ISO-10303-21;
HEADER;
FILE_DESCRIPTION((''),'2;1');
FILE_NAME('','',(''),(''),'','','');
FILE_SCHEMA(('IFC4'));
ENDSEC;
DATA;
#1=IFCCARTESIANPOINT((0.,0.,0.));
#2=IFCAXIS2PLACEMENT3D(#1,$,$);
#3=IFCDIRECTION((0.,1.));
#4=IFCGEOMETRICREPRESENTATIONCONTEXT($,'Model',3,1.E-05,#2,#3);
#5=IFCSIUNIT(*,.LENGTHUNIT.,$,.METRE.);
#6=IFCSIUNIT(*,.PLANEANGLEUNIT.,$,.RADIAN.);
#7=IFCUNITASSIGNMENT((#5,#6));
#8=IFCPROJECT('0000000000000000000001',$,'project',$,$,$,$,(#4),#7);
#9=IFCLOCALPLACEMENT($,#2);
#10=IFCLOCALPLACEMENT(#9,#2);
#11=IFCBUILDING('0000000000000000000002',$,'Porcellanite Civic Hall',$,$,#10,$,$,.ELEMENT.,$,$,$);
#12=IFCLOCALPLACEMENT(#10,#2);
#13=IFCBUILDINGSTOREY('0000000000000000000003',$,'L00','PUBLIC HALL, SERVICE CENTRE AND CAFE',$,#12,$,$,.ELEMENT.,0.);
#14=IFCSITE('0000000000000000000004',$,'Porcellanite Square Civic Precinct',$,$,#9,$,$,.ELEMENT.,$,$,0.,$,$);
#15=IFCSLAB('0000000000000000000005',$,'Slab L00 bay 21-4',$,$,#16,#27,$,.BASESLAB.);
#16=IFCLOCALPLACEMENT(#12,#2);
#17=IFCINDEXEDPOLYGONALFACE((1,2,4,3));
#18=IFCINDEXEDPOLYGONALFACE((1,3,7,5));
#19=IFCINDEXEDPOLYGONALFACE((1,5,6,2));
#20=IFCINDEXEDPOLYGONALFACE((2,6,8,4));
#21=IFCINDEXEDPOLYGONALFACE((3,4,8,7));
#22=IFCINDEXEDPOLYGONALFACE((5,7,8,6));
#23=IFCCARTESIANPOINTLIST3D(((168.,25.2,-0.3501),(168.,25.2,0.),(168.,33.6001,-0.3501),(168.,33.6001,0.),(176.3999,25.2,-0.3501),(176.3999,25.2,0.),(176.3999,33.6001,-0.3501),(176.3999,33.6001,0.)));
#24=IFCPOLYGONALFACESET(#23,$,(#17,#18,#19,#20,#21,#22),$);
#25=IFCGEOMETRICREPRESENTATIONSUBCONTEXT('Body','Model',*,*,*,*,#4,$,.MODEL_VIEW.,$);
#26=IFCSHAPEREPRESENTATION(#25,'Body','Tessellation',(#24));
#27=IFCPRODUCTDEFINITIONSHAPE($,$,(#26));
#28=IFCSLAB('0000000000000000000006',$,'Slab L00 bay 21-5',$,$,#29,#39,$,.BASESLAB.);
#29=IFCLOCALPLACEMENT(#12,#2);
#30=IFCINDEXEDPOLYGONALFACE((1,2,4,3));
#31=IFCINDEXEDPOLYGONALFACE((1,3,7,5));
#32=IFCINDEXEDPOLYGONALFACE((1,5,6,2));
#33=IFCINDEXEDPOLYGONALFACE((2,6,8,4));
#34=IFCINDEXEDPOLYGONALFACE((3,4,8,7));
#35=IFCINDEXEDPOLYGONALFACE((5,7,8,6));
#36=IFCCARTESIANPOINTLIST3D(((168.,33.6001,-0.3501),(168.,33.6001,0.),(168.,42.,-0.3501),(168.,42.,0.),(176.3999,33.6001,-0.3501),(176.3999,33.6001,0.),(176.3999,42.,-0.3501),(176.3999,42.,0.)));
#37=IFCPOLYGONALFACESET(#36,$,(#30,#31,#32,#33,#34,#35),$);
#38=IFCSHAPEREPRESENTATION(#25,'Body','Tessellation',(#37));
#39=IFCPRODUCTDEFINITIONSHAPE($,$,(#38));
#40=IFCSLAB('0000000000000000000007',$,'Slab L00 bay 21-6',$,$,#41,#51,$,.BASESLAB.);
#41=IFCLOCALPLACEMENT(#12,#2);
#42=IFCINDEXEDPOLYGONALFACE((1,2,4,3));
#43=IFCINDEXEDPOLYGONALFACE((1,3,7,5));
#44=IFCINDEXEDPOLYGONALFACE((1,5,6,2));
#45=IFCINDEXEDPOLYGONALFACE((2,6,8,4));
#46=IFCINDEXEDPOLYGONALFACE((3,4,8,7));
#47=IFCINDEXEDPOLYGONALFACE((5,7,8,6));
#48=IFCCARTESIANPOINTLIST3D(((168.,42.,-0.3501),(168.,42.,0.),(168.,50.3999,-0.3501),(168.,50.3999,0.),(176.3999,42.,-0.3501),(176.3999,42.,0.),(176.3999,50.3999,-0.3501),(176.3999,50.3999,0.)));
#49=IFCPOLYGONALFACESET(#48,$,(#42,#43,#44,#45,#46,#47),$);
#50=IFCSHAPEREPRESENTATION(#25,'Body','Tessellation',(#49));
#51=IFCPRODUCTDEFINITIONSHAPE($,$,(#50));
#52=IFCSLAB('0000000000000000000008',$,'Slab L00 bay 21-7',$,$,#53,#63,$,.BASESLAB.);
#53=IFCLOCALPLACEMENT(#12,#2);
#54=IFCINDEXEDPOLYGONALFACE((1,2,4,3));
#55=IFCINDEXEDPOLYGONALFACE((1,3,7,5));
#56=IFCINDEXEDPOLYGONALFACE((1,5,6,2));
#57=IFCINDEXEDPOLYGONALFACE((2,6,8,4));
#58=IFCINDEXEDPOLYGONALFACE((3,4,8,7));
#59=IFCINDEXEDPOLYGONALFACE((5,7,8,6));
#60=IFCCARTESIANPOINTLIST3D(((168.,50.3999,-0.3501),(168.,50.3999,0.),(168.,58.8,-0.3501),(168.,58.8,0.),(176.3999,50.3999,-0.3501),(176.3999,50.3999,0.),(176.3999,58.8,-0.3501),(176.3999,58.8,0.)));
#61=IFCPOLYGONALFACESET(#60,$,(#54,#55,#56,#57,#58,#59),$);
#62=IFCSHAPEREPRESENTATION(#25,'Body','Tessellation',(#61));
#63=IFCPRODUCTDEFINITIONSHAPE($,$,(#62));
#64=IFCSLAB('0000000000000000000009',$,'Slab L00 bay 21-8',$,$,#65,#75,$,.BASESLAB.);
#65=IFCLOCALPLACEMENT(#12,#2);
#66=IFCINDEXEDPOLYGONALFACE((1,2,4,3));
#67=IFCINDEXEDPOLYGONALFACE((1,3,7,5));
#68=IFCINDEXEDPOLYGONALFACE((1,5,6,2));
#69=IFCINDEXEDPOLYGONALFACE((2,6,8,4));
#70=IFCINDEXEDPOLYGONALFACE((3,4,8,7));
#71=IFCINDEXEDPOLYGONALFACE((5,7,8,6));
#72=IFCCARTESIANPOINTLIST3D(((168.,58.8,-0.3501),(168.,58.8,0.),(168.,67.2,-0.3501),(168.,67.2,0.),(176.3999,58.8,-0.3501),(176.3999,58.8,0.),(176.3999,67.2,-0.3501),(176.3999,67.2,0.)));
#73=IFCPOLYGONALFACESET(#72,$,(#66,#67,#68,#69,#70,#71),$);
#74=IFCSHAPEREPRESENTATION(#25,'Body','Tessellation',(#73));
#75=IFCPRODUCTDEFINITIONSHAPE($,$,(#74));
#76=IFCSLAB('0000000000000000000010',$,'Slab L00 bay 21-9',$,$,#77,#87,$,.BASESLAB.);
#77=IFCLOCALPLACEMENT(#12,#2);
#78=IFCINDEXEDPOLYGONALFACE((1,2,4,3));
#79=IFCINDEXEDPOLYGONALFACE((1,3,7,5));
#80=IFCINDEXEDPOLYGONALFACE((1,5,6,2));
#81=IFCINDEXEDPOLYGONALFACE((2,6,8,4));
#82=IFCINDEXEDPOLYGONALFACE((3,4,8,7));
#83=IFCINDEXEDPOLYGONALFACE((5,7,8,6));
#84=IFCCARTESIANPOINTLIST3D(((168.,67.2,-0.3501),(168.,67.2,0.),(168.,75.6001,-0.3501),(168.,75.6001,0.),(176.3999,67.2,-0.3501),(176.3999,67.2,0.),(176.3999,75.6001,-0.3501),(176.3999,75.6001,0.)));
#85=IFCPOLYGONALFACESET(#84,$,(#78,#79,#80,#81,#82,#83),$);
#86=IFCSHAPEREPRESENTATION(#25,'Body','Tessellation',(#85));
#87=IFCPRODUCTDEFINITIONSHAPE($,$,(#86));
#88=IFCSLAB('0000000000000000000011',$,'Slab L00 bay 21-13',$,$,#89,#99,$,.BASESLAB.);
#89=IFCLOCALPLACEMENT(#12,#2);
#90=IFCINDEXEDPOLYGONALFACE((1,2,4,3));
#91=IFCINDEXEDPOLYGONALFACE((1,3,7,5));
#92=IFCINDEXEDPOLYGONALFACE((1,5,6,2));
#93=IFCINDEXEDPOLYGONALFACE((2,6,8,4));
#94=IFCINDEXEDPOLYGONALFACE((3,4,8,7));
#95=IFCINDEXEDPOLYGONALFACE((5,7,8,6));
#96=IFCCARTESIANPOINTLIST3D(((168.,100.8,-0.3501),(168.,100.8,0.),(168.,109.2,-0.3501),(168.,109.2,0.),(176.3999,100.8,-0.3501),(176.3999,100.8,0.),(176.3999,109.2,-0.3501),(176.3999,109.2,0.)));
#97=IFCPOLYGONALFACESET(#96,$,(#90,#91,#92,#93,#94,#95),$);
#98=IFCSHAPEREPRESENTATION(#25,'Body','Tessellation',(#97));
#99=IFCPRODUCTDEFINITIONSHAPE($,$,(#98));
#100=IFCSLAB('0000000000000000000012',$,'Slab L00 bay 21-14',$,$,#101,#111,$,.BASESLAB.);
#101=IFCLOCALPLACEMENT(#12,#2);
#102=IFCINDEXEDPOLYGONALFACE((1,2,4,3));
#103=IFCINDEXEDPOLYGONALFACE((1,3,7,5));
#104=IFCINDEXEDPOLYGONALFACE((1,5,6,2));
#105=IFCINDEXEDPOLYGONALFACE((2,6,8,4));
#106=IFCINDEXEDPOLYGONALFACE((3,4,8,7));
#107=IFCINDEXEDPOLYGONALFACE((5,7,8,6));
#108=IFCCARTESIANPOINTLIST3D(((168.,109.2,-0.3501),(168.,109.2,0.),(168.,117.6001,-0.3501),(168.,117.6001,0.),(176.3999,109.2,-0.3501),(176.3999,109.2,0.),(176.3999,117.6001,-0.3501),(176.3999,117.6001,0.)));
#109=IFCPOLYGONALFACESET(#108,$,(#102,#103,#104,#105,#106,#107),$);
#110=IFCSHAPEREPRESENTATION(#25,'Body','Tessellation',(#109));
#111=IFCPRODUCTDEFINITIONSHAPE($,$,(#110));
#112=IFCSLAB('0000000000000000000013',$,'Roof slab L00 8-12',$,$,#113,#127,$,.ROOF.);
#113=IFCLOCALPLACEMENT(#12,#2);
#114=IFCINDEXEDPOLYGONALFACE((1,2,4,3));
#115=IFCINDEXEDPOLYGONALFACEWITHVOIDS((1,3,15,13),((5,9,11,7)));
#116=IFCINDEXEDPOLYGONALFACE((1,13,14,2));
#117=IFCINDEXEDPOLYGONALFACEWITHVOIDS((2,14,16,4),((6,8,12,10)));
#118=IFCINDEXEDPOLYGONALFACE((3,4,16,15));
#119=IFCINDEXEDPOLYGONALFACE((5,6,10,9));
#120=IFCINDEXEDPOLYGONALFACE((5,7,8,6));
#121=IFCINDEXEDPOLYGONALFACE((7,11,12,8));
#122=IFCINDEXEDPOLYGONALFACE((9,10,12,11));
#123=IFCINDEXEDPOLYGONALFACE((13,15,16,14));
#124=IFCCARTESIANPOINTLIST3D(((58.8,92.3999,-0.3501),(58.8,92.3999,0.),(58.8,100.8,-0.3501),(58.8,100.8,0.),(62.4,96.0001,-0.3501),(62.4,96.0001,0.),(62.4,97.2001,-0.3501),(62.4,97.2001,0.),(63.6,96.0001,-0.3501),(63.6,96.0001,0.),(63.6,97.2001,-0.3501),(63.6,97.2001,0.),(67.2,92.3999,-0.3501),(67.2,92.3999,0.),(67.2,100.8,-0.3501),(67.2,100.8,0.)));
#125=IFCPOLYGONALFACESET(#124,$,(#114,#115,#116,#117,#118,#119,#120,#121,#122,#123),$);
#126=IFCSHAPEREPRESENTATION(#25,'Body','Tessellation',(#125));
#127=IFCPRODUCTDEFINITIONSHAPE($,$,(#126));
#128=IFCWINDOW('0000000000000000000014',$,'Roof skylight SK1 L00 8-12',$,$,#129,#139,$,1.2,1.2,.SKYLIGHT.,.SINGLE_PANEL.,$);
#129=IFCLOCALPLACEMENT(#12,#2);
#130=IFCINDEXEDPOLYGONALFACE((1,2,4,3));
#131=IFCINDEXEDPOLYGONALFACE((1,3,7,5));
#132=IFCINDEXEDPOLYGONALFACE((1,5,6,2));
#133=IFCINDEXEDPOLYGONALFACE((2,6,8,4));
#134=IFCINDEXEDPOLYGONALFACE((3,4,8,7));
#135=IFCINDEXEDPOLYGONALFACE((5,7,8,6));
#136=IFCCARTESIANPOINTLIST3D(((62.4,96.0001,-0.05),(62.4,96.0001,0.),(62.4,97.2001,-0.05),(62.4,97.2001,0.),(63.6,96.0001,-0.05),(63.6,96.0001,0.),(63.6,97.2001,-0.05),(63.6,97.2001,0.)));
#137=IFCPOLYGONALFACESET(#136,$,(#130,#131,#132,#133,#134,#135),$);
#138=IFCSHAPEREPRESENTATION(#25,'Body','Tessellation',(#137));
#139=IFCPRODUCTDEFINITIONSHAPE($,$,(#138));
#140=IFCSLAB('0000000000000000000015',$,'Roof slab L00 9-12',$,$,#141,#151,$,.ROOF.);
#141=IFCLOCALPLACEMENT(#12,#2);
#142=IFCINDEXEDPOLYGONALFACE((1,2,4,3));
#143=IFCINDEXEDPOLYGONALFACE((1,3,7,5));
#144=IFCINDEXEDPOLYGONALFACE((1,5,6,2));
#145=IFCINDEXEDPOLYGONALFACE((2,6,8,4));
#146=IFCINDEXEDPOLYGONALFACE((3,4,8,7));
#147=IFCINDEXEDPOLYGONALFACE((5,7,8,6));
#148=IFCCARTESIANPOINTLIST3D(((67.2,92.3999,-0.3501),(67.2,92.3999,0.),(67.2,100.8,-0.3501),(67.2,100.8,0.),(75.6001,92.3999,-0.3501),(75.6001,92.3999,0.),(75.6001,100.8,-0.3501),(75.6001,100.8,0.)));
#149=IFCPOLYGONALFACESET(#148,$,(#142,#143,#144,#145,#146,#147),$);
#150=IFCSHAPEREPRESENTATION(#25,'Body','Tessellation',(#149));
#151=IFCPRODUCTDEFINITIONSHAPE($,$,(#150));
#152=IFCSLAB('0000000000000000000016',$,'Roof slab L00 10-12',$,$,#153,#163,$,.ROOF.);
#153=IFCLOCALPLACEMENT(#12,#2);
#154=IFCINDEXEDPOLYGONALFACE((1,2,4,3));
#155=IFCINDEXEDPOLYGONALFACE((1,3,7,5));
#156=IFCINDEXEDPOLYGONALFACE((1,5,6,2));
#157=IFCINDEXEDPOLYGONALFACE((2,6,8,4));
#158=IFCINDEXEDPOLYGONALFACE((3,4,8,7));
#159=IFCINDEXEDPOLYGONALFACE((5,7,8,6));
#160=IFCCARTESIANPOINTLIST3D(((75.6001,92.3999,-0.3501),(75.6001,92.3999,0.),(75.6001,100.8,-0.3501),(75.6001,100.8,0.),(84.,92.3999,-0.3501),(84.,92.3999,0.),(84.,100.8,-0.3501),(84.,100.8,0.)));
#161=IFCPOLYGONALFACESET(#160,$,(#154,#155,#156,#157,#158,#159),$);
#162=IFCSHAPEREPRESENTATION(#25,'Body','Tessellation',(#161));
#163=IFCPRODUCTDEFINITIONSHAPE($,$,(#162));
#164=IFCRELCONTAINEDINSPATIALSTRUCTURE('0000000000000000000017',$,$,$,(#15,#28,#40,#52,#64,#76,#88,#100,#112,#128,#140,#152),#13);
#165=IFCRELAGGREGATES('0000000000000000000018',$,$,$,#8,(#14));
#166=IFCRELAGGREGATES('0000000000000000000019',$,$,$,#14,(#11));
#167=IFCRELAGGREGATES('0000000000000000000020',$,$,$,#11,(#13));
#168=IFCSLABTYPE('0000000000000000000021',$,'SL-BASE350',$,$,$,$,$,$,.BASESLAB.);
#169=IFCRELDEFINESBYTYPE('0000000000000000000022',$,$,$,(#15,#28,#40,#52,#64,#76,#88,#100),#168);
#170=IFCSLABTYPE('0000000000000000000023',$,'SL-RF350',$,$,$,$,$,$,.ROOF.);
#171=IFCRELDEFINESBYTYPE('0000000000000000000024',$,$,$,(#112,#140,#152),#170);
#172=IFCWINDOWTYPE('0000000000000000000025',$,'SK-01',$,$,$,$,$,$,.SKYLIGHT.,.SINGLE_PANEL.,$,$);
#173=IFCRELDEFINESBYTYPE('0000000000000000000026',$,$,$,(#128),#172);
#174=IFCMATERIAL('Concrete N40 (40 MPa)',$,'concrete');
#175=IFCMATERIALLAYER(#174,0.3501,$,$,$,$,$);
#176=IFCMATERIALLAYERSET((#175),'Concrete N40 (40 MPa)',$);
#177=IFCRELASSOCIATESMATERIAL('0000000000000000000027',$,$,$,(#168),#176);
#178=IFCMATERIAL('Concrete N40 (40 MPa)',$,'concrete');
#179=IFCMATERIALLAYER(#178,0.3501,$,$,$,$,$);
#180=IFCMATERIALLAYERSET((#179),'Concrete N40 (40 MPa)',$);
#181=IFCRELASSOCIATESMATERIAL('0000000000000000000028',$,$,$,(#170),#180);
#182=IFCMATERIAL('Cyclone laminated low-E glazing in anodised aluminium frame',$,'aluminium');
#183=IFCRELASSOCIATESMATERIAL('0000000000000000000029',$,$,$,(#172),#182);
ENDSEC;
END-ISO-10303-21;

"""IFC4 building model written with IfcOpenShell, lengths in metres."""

from ifc_helpers import new_model, si_unit, direction, frame, origin, origin_2d, place, context, subcontext, project, spatial, polyline, rectangle, outline, extrude, material, layer, layer_set, type_object, element, fill, save


model = new_model("IFC4")

# Units and contexts
model_context = context("Model", 3, precision=1e-05, world=origin(), true_north=direction((0.0, 1.0)))
body_context = subcontext(model_context, "Body", "Model", "MODEL_VIEW")
ifc_project = project(units=[si_unit("LENGTHUNIT", "METRE"), si_unit("PLANEANGLEUNIT", "RADIAN")], contexts=[model_context])

# Site, building, storey
site_placement = place(None, origin())
site = spatial("IfcSite", under=ifc_project, at=site_placement, Name="Porcellanite Square Civic Precinct", CompositionType="ELEMENT", RefElevation=0.0)
building_placement = place(site_placement, origin())
building = spatial("IfcBuilding", under=site, at=building_placement, Name="Porcellanite Civic Hall", CompositionType="ELEMENT")
storey_placement = place(building_placement, origin())
storey = spatial("IfcBuildingStorey", under=building, at=storey_placement, Name="L00", Description="PUBLIC HALL, SERVICE CENTRE AND CAFE", CompositionType="ELEMENT", Elevation=0.0)

# Slabs
ifc_material_1 = material(Name="Concrete N40 (40 MPa)", Category="concrete")
ifc_layer_1 = layer(ifc_material_1, 0.3501)
ifc_layer_set_1 = layer_set([ifc_layer_1], Name="Concrete N40 (40 MPa)")
slab_type_1 = type_object("IfcSlabType", Name="SL-BASE350", PredefinedType="BASESLAB", material=ifc_layer_set_1)
slab_1_placement = place(storey_placement, frame((0.0, 0.0, -0.3501)))
element("IfcSlab", 1, at=slab_1_placement, inside=storey, type_object=slab_type_1, Name="Slab L00 bay 21-4", PredefinedType="BASESLAB", context=body_context, shape_type="SweptSolid", body=[
    extrude(outline(polyline([(168.0, 25.2), (176.3999, 25.2), (176.3999, 33.6001), (168.0, 33.6001), (168.0, 25.2)])), origin(), (0.0, 0.0, 1.0), 0.3501),
])
slab_2_placement = place(storey_placement, frame((0.0, 0.0, -0.3501)))
element("IfcSlab", 2, at=slab_2_placement, inside=storey, type_object=slab_type_1, Name="Slab L00 bay 21-5", PredefinedType="BASESLAB", context=body_context, shape_type="SweptSolid", body=[
    extrude(outline(polyline([(168.0, 33.6001), (176.3999, 33.6001), (176.3999, 42.0), (168.0, 42.0), (168.0, 33.6001)])), origin(), (0.0, 0.0, 1.0), 0.3501),
])
slab_3_placement = place(storey_placement, frame((0.0, 0.0, -0.3501)))
element("IfcSlab", 3, at=slab_3_placement, inside=storey, type_object=slab_type_1, Name="Slab L00 bay 21-6", PredefinedType="BASESLAB", context=body_context, shape_type="SweptSolid", body=[
    extrude(outline(polyline([(168.0, 42.0), (176.3999, 42.0), (176.3999, 50.3999), (168.0, 50.3999), (168.0, 42.0)])), origin(), (0.0, 0.0, 1.0), 0.3501),
])
slab_4_placement = place(storey_placement, frame((0.0, 0.0, -0.3501)))
element("IfcSlab", 4, at=slab_4_placement, inside=storey, type_object=slab_type_1, Name="Slab L00 bay 21-7", PredefinedType="BASESLAB", context=body_context, shape_type="SweptSolid", body=[
    extrude(outline(polyline([(168.0, 50.3999), (176.3999, 50.3999), (176.3999, 58.8), (168.0, 58.8), (168.0, 50.3999)])), origin(), (0.0, 0.0, 1.0), 0.3501),
])
slab_5_placement = place(storey_placement, frame((0.0, 0.0, -0.3501)))
element("IfcSlab", 5, at=slab_5_placement, inside=storey, type_object=slab_type_1, Name="Slab L00 bay 21-8", PredefinedType="BASESLAB", context=body_context, shape_type="SweptSolid", body=[
    extrude(outline(polyline([(168.0, 58.8), (176.3999, 58.8), (176.3999, 67.2), (168.0, 67.2), (168.0, 58.8)])), origin(), (0.0, 0.0, 1.0), 0.3501),
])
slab_6_placement = place(storey_placement, frame((0.0, 0.0, -0.3501)))
element("IfcSlab", 6, at=slab_6_placement, inside=storey, type_object=slab_type_1, Name="Slab L00 bay 21-9", PredefinedType="BASESLAB", context=body_context, shape_type="SweptSolid", body=[
    extrude(outline(polyline([(168.0, 67.2), (176.3999, 67.2), (176.3999, 75.6001), (168.0, 75.6001), (168.0, 67.2)])), origin(), (0.0, 0.0, 1.0), 0.3501),
])
slab_7_placement = place(storey_placement, frame((0.0, 0.0, -0.3501)))
element("IfcSlab", 7, at=slab_7_placement, inside=storey, type_object=slab_type_1, Name="Slab L00 bay 21-13", PredefinedType="BASESLAB", context=body_context, shape_type="SweptSolid", body=[
    extrude(outline(polyline([(168.0, 100.8), (176.3999, 100.8), (176.3999, 109.2), (168.0, 109.2), (168.0, 100.8)])), origin(), (0.0, 0.0, 1.0), 0.3501),
])
slab_8_placement = place(storey_placement, frame((0.0, 0.0, -0.3501)))
element("IfcSlab", 8, at=slab_8_placement, inside=storey, type_object=slab_type_1, Name="Slab L00 bay 21-14", PredefinedType="BASESLAB", context=body_context, shape_type="SweptSolid", body=[
    extrude(outline(polyline([(168.0, 109.2), (176.3999, 109.2), (176.3999, 117.6001), (168.0, 117.6001), (168.0, 109.2)])), origin(), (0.0, 0.0, 1.0), 0.3501),
])

# Slab, opening, window
ifc_material_2 = material(Name="Concrete N40 (40 MPa)", Category="concrete")
ifc_layer_2 = layer(ifc_material_2, 0.3501)
ifc_layer_set_2 = layer_set([ifc_layer_2], Name="Concrete N40 (40 MPa)")
slab_type_2 = type_object("IfcSlabType", Name="SL-RF350", PredefinedType="ROOF", material=ifc_layer_set_2)
slab_9_placement = place(storey_placement, frame((0.0, 0.0, -0.3501)))
slab_9 = element("IfcSlab", 9, at=slab_9_placement, inside=storey, type_object=slab_type_2, Name="Roof slab L00 8-12", PredefinedType="ROOF", context=body_context, shape_type="SweptSolid", body=[
    extrude(outline(polyline([(58.8, 92.3999), (67.2, 92.3999), (67.2, 100.8), (58.8, 100.8), (58.8, 92.3999)])), origin(), (0.0, 0.0, 1.0), 0.3501),
])
opening_1_placement = place(slab_9_placement, frame((63.0, 96.6001, 0.0)))
opening_1 = element("IfcOpeningElement", 10, at=opening_1_placement, cuts=slab_9, PredefinedType="OPENING", context=body_context, shape_type="SweptSolid", body=[
    extrude(rectangle(XDim=1.2, YDim=1.2, at=origin_2d()), origin(), (0.0, 0.0, 1.0), 0.3501),
])
ifc_material_3 = material(Name="Cyclone laminated low-E glazing in anodised aluminium frame", Category="aluminium")
window_type_1 = type_object("IfcWindowType", Name="SK-01", PartitioningType="SINGLE_PANEL", PredefinedType="SKYLIGHT", material=ifc_material_3)
window_1_placement = place(opening_1_placement, frame((0.0, 0.0, 0.3)))
window_1 = element("IfcWindow", 11, at=window_1_placement, inside=storey, type_object=window_type_1, Name="Roof skylight SK1 L00 8-12", OverallHeight=1.2, OverallWidth=1.2, PartitioningType="SINGLE_PANEL", PredefinedType="SKYLIGHT", context=body_context, shape_type="SweptSolid", body=[
    extrude(rectangle(XDim=1.2, YDim=1.2, at=origin_2d()), origin(), (0.0, 0.0, 1.0), 0.05),
])
fill(opening_1, window_1)

# Slabs
slab_10_placement = place(storey_placement, frame((0.0, 0.0, -0.3501)))
element("IfcSlab", 12, at=slab_10_placement, inside=storey, type_object=slab_type_2, Name="Roof slab L00 9-12", PredefinedType="ROOF", context=body_context, shape_type="SweptSolid", body=[
    extrude(outline(polyline([(67.2, 92.3999), (75.6001, 92.3999), (75.6001, 100.8), (67.2, 100.8), (67.2, 92.3999)])), origin(), (0.0, 0.0, 1.0), 0.3501),
])
slab_11_placement = place(storey_placement, frame((0.0, 0.0, -0.3501)))
element("IfcSlab", 13, at=slab_11_placement, inside=storey, type_object=slab_type_2, Name="Roof slab L00 10-12", PredefinedType="ROOF", context=body_context, shape_type="SweptSolid", body=[
    extrude(outline(polyline([(75.6001, 92.3999), (84.0, 92.3999), (84.0, 100.8), (75.6001, 100.8), (75.6001, 92.3999)])), origin(), (0.0, 0.0, 1.0), 0.3501),
])

save(model, "model.ifc")
